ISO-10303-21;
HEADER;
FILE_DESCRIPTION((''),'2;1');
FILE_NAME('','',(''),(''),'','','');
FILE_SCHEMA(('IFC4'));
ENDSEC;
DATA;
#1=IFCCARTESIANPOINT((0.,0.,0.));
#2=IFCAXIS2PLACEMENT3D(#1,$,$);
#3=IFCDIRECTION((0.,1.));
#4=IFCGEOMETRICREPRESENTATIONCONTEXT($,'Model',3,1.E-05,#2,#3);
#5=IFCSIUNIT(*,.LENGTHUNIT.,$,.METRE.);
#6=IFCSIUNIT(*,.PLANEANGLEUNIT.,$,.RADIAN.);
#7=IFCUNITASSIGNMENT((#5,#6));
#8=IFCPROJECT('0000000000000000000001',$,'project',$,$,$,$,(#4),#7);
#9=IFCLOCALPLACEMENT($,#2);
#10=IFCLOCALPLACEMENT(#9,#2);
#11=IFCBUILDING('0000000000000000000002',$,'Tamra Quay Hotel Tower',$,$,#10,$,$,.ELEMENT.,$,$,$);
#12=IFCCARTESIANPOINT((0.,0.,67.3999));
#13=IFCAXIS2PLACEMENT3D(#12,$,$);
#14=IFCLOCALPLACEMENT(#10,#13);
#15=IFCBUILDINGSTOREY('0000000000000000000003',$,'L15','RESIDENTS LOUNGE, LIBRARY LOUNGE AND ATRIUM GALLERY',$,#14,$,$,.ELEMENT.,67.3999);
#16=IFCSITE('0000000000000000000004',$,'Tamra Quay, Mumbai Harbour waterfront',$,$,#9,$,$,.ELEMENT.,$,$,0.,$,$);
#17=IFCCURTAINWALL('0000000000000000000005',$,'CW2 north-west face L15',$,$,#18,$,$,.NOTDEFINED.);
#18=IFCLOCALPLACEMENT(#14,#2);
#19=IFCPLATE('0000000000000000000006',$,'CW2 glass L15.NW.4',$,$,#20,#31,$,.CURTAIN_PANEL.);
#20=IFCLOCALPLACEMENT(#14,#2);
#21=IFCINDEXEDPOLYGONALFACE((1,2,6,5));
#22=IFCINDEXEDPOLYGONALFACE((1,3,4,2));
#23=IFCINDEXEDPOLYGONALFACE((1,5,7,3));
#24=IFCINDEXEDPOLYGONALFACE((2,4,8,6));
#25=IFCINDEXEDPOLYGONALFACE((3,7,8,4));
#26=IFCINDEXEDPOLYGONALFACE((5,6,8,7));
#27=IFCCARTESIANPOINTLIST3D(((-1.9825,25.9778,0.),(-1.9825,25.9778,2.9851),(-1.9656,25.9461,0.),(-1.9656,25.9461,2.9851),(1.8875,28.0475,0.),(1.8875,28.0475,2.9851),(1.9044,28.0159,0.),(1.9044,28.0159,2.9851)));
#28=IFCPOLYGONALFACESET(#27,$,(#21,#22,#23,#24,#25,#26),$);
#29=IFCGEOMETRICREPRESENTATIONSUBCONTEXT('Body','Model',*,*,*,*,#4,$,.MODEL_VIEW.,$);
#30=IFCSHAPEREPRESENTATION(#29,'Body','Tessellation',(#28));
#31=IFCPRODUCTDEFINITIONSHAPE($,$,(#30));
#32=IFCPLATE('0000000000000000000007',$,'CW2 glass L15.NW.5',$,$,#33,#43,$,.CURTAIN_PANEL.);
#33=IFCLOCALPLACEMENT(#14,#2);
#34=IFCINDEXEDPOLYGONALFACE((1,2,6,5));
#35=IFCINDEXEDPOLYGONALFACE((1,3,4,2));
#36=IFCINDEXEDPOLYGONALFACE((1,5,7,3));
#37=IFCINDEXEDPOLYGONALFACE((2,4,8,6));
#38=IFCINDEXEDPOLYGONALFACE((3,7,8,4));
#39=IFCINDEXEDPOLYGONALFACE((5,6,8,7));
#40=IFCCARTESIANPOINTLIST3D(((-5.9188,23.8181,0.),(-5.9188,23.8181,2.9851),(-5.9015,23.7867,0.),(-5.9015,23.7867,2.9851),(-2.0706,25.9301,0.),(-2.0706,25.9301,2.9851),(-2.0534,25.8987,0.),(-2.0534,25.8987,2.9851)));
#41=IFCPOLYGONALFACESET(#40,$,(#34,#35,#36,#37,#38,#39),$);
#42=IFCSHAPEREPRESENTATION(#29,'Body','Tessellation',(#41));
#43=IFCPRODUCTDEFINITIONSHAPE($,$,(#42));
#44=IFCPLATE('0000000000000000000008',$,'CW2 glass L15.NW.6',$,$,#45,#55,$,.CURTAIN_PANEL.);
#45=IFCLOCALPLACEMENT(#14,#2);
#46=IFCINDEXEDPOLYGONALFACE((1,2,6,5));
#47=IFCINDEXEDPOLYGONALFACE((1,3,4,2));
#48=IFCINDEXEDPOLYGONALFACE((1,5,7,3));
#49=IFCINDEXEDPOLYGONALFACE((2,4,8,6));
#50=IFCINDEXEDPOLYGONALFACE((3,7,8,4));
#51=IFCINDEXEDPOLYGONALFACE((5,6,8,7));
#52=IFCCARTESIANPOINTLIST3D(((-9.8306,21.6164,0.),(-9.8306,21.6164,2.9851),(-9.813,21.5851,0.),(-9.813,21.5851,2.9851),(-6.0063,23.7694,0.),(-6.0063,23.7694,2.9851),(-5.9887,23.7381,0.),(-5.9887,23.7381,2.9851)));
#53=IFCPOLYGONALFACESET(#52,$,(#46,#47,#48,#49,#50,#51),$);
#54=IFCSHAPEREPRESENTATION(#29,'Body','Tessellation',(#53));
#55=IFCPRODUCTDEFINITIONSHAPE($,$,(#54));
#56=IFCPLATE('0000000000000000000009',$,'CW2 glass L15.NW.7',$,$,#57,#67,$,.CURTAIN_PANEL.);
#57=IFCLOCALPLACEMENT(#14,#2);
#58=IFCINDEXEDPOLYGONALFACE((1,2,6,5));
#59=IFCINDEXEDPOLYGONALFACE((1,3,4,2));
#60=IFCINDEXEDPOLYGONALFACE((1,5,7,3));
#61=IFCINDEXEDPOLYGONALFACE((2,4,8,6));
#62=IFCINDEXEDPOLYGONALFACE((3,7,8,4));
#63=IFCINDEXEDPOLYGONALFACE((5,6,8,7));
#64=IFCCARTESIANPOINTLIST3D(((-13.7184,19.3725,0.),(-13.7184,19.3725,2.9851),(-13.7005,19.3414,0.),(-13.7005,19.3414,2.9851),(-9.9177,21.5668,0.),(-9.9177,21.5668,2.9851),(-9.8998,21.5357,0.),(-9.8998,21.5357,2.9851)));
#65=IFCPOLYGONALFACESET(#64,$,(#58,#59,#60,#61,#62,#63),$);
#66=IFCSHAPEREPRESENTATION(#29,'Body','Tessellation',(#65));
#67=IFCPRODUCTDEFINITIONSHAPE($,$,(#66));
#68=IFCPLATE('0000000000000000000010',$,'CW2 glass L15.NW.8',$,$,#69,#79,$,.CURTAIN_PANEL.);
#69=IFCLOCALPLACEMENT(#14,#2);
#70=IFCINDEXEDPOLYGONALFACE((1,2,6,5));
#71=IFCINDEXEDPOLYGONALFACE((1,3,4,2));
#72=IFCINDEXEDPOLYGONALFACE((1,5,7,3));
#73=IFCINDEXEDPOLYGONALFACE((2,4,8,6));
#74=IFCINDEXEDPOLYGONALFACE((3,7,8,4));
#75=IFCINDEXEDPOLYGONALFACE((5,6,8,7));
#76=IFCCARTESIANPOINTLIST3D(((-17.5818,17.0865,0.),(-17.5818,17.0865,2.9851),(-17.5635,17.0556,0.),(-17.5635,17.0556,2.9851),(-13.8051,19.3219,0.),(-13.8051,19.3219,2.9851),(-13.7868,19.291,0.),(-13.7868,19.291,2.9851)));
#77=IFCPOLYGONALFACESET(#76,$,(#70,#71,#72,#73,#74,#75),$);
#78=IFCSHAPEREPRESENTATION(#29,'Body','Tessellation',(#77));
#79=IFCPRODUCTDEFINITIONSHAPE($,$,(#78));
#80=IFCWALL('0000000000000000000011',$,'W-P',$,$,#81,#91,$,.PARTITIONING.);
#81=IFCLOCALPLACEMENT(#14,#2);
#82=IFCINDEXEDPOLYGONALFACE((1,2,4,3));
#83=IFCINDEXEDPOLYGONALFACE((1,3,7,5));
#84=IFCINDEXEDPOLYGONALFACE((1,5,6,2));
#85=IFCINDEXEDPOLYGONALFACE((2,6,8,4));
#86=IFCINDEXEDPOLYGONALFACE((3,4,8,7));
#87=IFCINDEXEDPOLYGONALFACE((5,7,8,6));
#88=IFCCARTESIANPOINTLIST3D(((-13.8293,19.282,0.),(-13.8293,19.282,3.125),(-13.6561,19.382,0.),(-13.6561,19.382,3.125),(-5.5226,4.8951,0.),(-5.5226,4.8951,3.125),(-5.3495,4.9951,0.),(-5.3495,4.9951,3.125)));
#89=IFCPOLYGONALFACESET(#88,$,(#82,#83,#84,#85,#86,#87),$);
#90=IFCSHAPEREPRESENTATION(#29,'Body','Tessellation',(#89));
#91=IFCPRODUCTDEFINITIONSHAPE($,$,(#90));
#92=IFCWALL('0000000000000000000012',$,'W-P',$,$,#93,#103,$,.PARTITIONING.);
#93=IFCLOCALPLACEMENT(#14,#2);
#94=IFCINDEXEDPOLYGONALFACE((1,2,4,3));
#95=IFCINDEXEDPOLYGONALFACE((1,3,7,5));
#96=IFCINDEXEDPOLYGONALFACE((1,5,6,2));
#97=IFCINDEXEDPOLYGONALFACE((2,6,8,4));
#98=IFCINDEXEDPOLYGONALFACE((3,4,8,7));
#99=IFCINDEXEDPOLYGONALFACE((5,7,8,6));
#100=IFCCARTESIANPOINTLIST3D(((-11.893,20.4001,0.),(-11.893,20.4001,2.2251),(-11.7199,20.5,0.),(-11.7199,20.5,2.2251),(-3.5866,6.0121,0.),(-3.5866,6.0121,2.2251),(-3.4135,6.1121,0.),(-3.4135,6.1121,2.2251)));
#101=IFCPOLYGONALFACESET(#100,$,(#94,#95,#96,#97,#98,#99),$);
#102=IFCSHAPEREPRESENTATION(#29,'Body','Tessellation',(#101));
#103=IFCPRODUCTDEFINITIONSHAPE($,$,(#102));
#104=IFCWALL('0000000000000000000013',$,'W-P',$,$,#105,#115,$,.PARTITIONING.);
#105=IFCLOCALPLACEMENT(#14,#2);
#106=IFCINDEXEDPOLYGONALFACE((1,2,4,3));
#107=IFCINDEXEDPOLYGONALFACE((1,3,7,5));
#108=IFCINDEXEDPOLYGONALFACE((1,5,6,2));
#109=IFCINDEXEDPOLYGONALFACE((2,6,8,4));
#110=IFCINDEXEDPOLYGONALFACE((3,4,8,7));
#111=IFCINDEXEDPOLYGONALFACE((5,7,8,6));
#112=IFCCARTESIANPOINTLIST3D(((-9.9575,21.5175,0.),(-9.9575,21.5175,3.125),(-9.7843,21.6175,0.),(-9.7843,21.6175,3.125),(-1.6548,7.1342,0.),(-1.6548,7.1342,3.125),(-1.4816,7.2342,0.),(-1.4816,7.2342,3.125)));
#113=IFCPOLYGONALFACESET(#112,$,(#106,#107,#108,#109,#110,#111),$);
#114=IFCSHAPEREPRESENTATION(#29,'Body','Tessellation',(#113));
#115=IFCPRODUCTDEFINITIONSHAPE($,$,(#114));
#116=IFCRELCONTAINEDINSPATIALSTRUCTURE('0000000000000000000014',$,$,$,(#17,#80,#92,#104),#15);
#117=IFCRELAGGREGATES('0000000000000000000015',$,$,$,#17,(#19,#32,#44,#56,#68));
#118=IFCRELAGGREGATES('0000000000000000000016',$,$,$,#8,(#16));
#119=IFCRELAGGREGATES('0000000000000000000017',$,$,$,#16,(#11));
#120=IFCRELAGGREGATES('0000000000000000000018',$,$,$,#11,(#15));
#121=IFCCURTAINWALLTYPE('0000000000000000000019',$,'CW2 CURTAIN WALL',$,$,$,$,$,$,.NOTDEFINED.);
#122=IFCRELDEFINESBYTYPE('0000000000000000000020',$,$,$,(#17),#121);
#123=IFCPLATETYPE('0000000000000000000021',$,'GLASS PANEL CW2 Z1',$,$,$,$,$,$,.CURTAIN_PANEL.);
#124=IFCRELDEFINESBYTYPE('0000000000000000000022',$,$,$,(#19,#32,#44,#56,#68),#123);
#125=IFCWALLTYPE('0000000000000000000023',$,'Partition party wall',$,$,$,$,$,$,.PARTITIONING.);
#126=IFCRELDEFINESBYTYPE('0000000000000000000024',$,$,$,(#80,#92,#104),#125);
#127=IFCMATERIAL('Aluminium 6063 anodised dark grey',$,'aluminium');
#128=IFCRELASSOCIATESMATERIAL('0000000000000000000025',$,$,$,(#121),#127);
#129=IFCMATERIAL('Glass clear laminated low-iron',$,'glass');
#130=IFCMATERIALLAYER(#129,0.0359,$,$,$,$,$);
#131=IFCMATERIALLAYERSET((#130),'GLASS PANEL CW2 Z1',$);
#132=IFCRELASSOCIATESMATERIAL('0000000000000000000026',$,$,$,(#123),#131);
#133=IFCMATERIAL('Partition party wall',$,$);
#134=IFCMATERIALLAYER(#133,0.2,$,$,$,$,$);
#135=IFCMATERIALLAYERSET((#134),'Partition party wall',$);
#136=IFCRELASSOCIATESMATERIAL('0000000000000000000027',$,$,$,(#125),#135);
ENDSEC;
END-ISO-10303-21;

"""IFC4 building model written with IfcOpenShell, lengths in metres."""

from ifc_helpers import new_model, si_unit, direction, frame, frame_2d, origin, origin_2d, place, context, subcontext, project, spatial, rectangle, extrude, material, layer, layer_set, type_object, element, aggregate, save


model = new_model("IFC4")

# Units and contexts
model_context = context("Model", 3, precision=1e-05, world=origin(), true_north=direction((0.0, 1.0)))
body_context = subcontext(model_context, "Body", "Model", "MODEL_VIEW")
ifc_project = project(units=[si_unit("LENGTHUNIT", "METRE"), si_unit("PLANEANGLEUNIT", "RADIAN")], contexts=[model_context])

# Site, building, storey
site_placement = place(None, origin())
site = spatial("IfcSite", under=ifc_project, at=site_placement, Name="Tamra Quay, Mumbai Harbour waterfront", CompositionType="ELEMENT", RefElevation=0.0)
building_placement = place(site_placement, origin())
building = spatial("IfcBuilding", under=site, at=building_placement, Name="Tamra Quay Hotel Tower", CompositionType="ELEMENT")
storey_placement = place(building_placement, frame((0.0, 0.0, 67.3999)))
storey = spatial("IfcBuildingStorey", under=building, at=storey_placement, Name="L15", Description="RESIDENTS LOUNGE, LIBRARY LOUNGE AND ATRIUM GALLERY", CompositionType="ELEMENT", Elevation=67.3999)

# Curtain wall
ifc_material_1 = material(Name="Aluminium 6063 anodised dark grey", Category="aluminium")
curtain_wall_type = type_object("IfcCurtainWallType", Name="CW2 CURTAIN WALL", PredefinedType="NOTDEFINED", material=ifc_material_1)
curtain_wall_placement = place(storey_placement, origin())
curtain_wall = element("IfcCurtainWall", 1, at=curtain_wall_placement, inside=storey, type_object=curtain_wall_type, Name="CW2 north-west face L15", PredefinedType="NOTDEFINED")

# Plates
ifc_material_2 = material(Name="Glass clear laminated low-iron", Category="glass")
ifc_layer_1 = layer(ifc_material_2, 0.0359)
ifc_layer_set_1 = layer_set([ifc_layer_1], Name="GLASS PANEL CW2 Z1")
plate_type = type_object("IfcPlateType", Name="GLASS PANEL CW2 Z1", PredefinedType="CURTAIN_PANEL", material=ifc_layer_set_1)
plate_1_placement = place(storey_placement, frame((-0.0391, 26.9968, 0.0), z_axis=(0.0, 0.0, 1.0), x_axis=(-0.881806, -0.471612, 0.0)))
plate_1 = element("IfcPlate", 2, at=plate_1_placement, type_object=plate_type, Name="CW2 glass L15.NW.4", PredefinedType="CURTAIN_PANEL", context=body_context, shape_type="SweptSolid", body=[
    extrude(rectangle(XDim=4.3887, YDim=0.0359, at=origin_2d()), origin(), (0.0, 0.0, 1.0), 2.9851),
])
plate_2_placement = place(storey_placement, frame((-3.9861, 24.8584, 0.0), z_axis=(0.0, 0.0, 1.0), x_axis=(-0.876651, -0.481127, 0.0)))
plate_2 = element("IfcPlate", 3, at=plate_2_placement, type_object=plate_type, Name="CW2 glass L15.NW.5", PredefinedType="CURTAIN_PANEL", context=body_context, shape_type="SweptSolid", body=[
    extrude(rectangle(XDim=4.3896, YDim=0.0359, at=origin_2d()), origin(), (0.0, 0.0, 1.0), 2.9851),
])
plate_3_placement = place(storey_placement, frame((-7.9097, 22.6772, 0.0), z_axis=(0.0, 0.0, 1.0), x_axis=(-0.871393, -0.490586, 0.0)))
plate_3 = element("IfcPlate", 4, at=plate_3_placement, type_object=plate_type, Name="CW2 glass L15.NW.6", PredefinedType="CURTAIN_PANEL", context=body_context, shape_type="SweptSolid", body=[
    extrude(rectangle(XDim=4.3887, YDim=0.0359, at=origin_2d()), origin(), (0.0, 0.0, 1.0), 2.9851),
])
plate_4_placement = place(storey_placement, frame((-11.8091, 20.4541, 0.0), z_axis=(0.0, 0.0, 1.0), x_axis=(-0.866025, -0.5, 0.0)))
plate_4 = element("IfcPlate", 5, at=plate_4_placement, type_object=plate_type, Name="CW2 glass L15.NW.7", PredefinedType="CURTAIN_PANEL", context=body_context, shape_type="SweptSolid", body=[
    extrude(rectangle(XDim=4.3887, YDim=0.0359, at=origin_2d()), origin(), (0.0, 0.0, 1.0), 2.9851),
])
plate_5_placement = place(storey_placement, frame((-15.6843, 18.1887, 0.0), z_axis=(0.0, 0.0, 1.0), x_axis=(-0.860556, -0.509355, 0.0)))
plate_5 = element("IfcPlate", 6, at=plate_5_placement, type_object=plate_type, Name="CW2 glass L15.NW.8", PredefinedType="CURTAIN_PANEL", context=body_context, shape_type="SweptSolid", body=[
    extrude(rectangle(XDim=4.3887, YDim=0.0359, at=origin_2d()), origin(), (0.0, 0.0, 1.0), 2.9851),
])
aggregate(curtain_wall, [plate_1, plate_2, plate_3, plate_4, plate_5])

# Walls
ifc_material_3 = material(Name="Partition party wall")
ifc_layer_2 = layer(ifc_material_3, 0.2)
ifc_layer_set_2 = layer_set([ifc_layer_2], Name="Partition party wall")
wall_type = type_object("IfcWallType", Name="Partition party wall", PredefinedType="PARTITIONING", material=ifc_layer_set_2)
wall_1_placement = place(storey_placement, frame((-13.7427, 19.332, 0.0), z_axis=(0.0, 0.0, 1.0), x_axis=(0.500015, -0.866017, 0.0)))
element("IfcWall", 7, at=wall_1_placement, inside=storey, type_object=wall_type, Name="W-P", PredefinedType="PARTITIONING", context=body_context, shape_type="SweptSolid", body=[
    extrude(rectangle(XDim=16.6128, YDim=0.2, at=frame_2d((8.3064, 0.0))), origin(), (0.0, 0.0, 1.0), 3.125),
])
wall_2_placement = place(storey_placement, frame((-11.8064, 20.45, 0.0), z_axis=(0.0, 0.0, 1.0), x_axis=(0.499978, -0.866038, 0.0)))
element("IfcWall", 8, at=wall_2_placement, inside=storey, type_object=wall_type, Name="W-P", PredefinedType="PARTITIONING", context=body_context, shape_type="SweptSolid", body=[
    extrude(rectangle(XDim=16.6135, YDim=0.2, at=frame_2d((8.3066, 0.0))), origin(), (0.0, 0.0, 1.0), 2.2251),
])
wall_3_placement = place(storey_placement, frame((-9.8708, 21.5674, 0.0), z_axis=(0.0, 0.0, 1.0), x_axis=(0.499934, -0.866064, 0.0)))
element("IfcWall", 9, at=wall_3_placement, inside=storey, type_object=wall_type, Name="W-P", PredefinedType="PARTITIONING", context=body_context, shape_type="SweptSolid", body=[
    extrude(rectangle(XDim=16.6077, YDim=0.2, at=frame_2d((8.3037, 0.0))), origin(), (0.0, 0.0, 1.0), 3.125),
])

save(model, "model.ifc")
